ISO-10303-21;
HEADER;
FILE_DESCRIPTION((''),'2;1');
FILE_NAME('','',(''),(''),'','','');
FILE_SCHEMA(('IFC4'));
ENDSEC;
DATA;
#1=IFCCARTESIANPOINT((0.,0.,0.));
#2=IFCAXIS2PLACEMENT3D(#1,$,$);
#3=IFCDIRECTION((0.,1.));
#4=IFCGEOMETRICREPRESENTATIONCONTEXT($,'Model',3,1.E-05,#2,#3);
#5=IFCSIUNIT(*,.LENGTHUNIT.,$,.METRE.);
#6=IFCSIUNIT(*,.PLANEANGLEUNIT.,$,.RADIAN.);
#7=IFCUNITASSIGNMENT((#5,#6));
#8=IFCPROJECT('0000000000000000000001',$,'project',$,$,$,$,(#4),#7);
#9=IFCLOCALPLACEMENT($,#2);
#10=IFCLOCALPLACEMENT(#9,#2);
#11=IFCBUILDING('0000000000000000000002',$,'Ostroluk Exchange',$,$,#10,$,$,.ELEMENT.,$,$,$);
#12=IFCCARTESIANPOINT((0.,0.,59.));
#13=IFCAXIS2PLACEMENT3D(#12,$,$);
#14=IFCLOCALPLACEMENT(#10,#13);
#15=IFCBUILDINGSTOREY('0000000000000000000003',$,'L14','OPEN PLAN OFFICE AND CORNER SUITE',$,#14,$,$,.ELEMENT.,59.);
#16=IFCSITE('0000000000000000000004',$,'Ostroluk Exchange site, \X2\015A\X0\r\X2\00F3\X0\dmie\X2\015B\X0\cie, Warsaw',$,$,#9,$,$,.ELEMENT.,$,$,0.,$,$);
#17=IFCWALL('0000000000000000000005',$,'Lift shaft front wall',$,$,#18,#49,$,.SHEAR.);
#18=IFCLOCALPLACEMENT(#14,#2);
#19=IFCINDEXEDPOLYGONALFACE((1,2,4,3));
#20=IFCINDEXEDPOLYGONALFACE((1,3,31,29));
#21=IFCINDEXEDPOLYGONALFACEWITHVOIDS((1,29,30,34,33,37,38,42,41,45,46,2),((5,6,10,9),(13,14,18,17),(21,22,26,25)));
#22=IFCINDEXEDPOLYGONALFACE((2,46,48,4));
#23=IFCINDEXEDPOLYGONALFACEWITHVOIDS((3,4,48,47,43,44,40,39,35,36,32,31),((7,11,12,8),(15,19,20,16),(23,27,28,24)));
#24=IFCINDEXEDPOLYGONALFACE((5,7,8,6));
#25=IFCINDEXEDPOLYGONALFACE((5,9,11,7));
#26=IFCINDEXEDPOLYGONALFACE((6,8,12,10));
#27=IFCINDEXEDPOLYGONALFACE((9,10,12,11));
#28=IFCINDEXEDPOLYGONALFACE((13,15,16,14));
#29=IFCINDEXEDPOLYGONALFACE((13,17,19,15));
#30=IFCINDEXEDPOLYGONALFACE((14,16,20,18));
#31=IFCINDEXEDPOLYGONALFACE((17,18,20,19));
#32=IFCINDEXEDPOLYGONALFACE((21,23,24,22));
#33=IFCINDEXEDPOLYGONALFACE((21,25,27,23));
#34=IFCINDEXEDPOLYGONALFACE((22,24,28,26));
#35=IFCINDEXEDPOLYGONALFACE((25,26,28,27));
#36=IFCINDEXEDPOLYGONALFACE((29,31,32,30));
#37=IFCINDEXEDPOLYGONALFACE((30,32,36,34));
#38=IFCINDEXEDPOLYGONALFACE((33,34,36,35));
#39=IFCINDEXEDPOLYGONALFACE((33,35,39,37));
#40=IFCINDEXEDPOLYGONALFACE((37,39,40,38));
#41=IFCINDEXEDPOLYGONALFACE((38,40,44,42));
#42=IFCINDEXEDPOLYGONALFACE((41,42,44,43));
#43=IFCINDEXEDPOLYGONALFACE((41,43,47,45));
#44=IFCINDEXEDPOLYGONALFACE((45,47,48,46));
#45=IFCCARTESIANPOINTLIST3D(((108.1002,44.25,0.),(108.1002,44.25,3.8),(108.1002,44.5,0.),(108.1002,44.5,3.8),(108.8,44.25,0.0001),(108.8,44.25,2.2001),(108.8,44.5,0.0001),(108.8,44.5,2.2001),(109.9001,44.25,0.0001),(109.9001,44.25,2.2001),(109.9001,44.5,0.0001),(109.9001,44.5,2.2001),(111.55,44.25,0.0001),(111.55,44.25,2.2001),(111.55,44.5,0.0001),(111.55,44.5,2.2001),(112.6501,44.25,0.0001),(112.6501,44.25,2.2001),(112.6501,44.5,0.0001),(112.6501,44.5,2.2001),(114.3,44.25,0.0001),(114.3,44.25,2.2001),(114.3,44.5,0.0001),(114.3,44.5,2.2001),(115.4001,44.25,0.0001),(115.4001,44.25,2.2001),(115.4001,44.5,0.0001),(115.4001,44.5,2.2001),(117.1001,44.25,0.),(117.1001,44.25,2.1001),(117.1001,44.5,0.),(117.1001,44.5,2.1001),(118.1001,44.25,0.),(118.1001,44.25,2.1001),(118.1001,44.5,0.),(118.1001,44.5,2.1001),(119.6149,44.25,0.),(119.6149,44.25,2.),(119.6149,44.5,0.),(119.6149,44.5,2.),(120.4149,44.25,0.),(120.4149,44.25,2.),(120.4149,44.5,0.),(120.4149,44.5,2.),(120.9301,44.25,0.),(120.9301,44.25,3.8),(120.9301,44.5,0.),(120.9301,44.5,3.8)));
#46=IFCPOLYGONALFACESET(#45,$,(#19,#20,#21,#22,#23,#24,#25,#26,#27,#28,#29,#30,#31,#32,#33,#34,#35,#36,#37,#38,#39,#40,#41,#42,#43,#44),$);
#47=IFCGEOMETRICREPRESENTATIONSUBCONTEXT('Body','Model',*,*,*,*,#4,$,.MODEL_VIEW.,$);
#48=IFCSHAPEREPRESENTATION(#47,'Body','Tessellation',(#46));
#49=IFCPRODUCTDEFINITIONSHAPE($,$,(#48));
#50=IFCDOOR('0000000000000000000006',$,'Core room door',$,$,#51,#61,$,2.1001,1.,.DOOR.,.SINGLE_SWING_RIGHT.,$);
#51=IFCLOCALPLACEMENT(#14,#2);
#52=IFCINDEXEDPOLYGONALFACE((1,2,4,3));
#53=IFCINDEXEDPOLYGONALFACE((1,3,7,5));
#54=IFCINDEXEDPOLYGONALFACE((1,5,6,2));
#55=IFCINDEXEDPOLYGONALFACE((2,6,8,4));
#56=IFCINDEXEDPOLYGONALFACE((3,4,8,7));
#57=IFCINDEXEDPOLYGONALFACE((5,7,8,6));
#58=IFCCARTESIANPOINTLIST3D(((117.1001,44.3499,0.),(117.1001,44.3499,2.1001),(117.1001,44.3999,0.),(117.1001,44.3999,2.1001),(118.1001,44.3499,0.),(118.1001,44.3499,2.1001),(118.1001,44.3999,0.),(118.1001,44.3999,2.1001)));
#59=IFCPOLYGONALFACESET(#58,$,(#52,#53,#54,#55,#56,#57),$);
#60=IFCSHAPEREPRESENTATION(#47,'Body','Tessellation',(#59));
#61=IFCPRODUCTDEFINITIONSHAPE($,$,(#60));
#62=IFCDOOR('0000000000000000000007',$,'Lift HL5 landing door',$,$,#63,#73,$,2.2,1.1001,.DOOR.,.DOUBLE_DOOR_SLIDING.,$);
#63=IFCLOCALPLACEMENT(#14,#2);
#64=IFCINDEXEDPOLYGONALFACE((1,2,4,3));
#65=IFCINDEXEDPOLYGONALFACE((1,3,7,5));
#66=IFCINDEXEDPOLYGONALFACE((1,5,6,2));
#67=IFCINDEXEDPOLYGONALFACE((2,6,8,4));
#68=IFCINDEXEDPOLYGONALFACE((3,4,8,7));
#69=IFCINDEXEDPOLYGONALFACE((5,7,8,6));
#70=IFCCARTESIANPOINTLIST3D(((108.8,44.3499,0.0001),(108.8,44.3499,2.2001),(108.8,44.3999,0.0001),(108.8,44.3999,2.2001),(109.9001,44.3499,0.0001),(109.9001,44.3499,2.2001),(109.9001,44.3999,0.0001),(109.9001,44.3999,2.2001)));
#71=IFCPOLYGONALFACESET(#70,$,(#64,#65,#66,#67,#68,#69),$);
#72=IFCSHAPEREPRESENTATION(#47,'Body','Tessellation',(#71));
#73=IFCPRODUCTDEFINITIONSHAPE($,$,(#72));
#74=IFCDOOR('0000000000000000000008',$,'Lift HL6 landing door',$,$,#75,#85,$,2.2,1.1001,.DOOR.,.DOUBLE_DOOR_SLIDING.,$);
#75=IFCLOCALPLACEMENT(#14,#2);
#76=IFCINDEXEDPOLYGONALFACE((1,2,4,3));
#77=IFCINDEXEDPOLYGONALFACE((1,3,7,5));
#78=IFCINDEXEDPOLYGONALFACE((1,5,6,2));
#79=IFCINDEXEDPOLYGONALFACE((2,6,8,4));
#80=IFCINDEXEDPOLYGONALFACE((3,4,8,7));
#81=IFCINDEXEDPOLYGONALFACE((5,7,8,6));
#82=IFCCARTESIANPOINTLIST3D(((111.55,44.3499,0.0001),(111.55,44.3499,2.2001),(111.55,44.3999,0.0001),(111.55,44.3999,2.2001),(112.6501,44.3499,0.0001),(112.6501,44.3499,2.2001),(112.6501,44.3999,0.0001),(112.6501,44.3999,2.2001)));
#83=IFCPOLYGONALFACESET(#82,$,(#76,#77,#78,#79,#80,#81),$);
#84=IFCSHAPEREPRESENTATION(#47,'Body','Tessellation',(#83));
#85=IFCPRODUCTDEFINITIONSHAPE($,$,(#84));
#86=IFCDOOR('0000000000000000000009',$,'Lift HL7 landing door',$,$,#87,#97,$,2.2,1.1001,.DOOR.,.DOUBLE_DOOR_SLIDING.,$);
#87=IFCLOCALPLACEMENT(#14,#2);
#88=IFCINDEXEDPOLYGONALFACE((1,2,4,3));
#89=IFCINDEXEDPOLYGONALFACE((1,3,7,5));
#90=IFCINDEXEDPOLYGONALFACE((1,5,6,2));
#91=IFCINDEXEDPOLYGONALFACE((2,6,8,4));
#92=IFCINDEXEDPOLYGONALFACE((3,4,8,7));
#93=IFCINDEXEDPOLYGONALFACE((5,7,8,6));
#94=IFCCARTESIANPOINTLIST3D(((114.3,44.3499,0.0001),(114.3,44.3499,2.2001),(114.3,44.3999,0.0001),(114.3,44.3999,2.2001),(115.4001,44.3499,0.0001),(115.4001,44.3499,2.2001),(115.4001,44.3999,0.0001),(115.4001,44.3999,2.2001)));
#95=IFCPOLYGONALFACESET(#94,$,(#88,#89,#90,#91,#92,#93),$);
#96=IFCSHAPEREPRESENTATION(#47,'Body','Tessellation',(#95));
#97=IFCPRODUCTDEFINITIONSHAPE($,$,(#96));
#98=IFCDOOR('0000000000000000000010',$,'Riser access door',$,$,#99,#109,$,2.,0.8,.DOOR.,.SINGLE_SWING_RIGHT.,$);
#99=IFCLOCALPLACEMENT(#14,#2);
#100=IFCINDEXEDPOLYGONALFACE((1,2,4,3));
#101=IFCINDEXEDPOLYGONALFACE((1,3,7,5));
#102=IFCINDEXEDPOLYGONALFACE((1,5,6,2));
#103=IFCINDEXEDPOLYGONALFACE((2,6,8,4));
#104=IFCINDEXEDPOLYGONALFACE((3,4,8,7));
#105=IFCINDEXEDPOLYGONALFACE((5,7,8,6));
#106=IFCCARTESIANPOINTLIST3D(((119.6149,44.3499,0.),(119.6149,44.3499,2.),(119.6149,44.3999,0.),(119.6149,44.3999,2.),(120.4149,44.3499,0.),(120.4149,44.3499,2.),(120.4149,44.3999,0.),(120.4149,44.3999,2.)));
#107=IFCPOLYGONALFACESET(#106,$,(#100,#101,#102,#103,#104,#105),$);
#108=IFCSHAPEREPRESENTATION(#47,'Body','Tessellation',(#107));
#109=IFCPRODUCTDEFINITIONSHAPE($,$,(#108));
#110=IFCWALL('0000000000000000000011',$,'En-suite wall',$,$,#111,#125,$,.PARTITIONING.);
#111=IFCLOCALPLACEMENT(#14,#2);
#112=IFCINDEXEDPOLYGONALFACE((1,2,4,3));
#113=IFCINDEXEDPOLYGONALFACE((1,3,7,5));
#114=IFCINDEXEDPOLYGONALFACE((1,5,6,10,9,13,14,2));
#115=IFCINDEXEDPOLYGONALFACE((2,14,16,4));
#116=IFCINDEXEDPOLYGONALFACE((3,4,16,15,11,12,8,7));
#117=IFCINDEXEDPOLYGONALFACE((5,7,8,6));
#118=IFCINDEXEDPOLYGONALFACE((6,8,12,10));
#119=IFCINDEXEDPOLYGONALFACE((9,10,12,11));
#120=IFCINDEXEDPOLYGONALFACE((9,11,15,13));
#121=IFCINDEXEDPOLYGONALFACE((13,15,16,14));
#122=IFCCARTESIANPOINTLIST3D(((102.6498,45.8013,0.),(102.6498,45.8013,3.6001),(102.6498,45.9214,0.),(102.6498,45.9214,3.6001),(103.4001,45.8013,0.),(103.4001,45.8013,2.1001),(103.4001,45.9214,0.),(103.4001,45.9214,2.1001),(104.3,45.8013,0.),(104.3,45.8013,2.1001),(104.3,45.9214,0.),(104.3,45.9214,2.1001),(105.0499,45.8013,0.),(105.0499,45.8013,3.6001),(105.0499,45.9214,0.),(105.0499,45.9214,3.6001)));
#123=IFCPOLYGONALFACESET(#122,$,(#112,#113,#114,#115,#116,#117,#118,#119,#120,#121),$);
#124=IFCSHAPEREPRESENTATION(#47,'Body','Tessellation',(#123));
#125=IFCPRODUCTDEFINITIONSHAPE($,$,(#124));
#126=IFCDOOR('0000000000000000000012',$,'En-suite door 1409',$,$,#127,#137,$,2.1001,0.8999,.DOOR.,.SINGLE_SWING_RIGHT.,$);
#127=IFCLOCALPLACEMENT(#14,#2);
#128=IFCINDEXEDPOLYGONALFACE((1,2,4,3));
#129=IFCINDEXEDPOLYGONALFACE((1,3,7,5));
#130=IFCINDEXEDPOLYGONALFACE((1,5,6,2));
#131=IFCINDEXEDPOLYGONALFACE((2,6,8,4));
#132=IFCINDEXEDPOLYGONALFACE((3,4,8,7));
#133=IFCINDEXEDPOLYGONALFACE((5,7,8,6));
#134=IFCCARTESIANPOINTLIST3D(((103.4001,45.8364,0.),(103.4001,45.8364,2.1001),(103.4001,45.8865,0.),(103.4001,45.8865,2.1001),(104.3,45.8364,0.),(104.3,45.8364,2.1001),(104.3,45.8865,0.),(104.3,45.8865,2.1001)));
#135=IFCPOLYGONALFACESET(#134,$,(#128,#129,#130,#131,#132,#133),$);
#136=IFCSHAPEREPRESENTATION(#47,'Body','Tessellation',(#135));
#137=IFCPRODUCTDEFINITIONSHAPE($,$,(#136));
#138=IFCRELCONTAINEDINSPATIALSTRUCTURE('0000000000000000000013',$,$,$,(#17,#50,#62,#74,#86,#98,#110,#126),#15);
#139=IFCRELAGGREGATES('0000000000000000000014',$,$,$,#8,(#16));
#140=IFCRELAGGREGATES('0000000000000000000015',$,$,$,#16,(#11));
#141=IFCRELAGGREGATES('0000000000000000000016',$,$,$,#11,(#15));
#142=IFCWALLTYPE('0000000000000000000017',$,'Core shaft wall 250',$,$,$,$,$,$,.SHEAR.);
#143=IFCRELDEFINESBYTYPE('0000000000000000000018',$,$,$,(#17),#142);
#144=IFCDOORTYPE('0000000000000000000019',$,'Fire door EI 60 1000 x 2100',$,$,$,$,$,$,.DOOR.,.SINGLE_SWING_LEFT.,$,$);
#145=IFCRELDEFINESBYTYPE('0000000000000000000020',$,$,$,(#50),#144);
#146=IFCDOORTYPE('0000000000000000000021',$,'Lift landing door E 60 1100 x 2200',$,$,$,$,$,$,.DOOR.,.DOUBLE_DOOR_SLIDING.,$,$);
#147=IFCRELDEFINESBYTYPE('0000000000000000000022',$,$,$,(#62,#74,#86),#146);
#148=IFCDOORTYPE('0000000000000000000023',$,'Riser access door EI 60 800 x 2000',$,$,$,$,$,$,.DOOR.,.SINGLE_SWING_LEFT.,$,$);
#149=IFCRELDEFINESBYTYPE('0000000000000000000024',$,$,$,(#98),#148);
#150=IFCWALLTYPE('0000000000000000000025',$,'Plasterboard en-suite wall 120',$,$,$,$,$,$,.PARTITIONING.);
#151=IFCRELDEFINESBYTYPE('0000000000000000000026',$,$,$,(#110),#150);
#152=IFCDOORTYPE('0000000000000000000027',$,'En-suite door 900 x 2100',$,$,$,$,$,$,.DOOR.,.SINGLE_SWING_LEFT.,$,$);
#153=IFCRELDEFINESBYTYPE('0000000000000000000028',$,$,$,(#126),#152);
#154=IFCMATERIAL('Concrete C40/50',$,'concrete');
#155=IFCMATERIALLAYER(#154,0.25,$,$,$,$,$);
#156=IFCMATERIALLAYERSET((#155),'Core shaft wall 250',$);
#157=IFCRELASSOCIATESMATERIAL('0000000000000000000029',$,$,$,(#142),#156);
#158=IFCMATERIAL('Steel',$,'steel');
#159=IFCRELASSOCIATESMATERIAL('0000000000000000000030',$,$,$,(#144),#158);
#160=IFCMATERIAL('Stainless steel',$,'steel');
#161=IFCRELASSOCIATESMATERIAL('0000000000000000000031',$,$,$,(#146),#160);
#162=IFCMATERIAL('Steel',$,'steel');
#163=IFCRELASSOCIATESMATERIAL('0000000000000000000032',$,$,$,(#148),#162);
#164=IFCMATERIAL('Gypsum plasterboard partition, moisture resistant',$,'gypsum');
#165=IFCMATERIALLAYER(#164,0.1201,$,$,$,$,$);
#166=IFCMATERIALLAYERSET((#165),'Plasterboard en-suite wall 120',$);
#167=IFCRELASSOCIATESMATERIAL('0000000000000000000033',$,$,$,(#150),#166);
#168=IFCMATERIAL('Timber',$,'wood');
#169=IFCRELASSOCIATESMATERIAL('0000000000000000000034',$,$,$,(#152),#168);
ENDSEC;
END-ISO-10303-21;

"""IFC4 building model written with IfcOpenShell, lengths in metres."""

from ifc_helpers import new_model, si_unit, direction, frame, frame_2d, origin, place, context, subcontext, project, spatial, rectangle, extrude, material, layer, layer_set, type_object, element, fill, save


model = new_model("IFC4")

# Units and contexts
model_context = context("Model", 3, precision=1e-05, world=origin(), true_north=direction((0.0, 1.0)))
body_context = subcontext(model_context, "Body", "Model", "MODEL_VIEW")
ifc_project = project(units=[si_unit("LENGTHUNIT", "METRE"), si_unit("PLANEANGLEUNIT", "RADIAN")], contexts=[model_context])

# Site, building, storey
site_placement = place(None, origin())
site = spatial("IfcSite", under=ifc_project, at=site_placement, Name="Ostroluk Exchange site, Śródmieście, Warsaw", CompositionType="ELEMENT", RefElevation=0.0)
building_placement = place(site_placement, origin())
building = spatial("IfcBuilding", under=site, at=building_placement, Name="Ostroluk Exchange", CompositionType="ELEMENT")
storey_placement = place(building_placement, frame((0.0, 0.0, 59.0)))
storey = spatial("IfcBuildingStorey", under=building, at=storey_placement, Name="L14", Description="OPEN PLAN OFFICE AND CORNER SUITE", CompositionType="ELEMENT", Elevation=59.0)

# Shared definitions
ifc_material_1 = material(Name="Concrete C40/50", Category="concrete")
ifc_layer_1 = layer(ifc_material_1, 0.25)
ifc_layer_set_1 = layer_set([ifc_layer_1], Name="Core shaft wall 250")
wall_type_1 = type_object("IfcWallType", Name="Core shaft wall 250", PredefinedType="SHEAR", material=ifc_layer_set_1)

# Wall, openings, doors
wall_1_placement = place(storey_placement, frame((108.1001, 44.375, 0.0), z_axis=(0.0, 0.0, 1.0), x_axis=(1.0, 0.0, 0.0)))
wall_1 = element("IfcWall", 1, at=wall_1_placement, inside=storey, type_object=wall_type_1, Name="Lift shaft front wall", PredefinedType="SHEAR", context=body_context, shape_type="SweptSolid", body=[
    extrude(rectangle(XDim=12.8298, YDim=0.25, at=frame_2d((6.415, 0.0))), origin(), (0.0, 0.0, 1.0), 3.8),
])
opening_1_placement = place(wall_1_placement, frame((0.7, 0.0, 0.0)))
opening_1 = element("IfcOpeningElement", 2, at=opening_1_placement, cuts=wall_1, PredefinedType="OPENING", context=body_context, shape_type="SweptSolid", body=[
    extrude(rectangle(XDim=1.1001, YDim=2.2, at=frame_2d((0.55, 1.1001))), frame((0.0, 0.135, 0.0), z_axis=(0.0, -1.0, 0.0), x_axis=(1.0, 0.0, 0.0)), (0.0, 0.0, 1.0), 0.27),
])
opening_2_placement = place(wall_1_placement, frame((3.45, 0.0, 0.0)))
opening_2 = element("IfcOpeningElement", 3, at=opening_2_placement, cuts=wall_1, PredefinedType="OPENING", context=body_context, shape_type="SweptSolid", body=[
    extrude(rectangle(XDim=1.1001, YDim=2.2, at=frame_2d((0.55, 1.1001))), frame((0.0, 0.135, 0.0), z_axis=(0.0, -1.0, 0.0), x_axis=(1.0, 0.0, 0.0)), (0.0, 0.0, 1.0), 0.27),
])
opening_3_placement = place(wall_1_placement, frame((6.2, 0.0, 0.0)))
opening_3 = element("IfcOpeningElement", 4, at=opening_3_placement, cuts=wall_1, PredefinedType="OPENING", context=body_context, shape_type="SweptSolid", body=[
    extrude(rectangle(XDim=1.1001, YDim=2.2, at=frame_2d((0.55, 1.1001))), frame((0.0, 0.135, 0.0), z_axis=(0.0, -1.0, 0.0), x_axis=(1.0, 0.0, 0.0)), (0.0, 0.0, 1.0), 0.27),
])
opening_4_placement = place(wall_1_placement, frame((9.0, 0.0, 0.0)))
opening_4 = element("IfcOpeningElement", 5, at=opening_4_placement, cuts=wall_1, PredefinedType="OPENING", context=body_context, shape_type="SweptSolid", body=[
    extrude(rectangle(XDim=1.0, YDim=2.1001, at=frame_2d((0.5, 1.05))), frame((0.0, 0.135, 0.0), z_axis=(0.0, -1.0, 0.0), x_axis=(1.0, 0.0, 0.0)), (0.0, 0.0, 1.0), 0.27),
])
opening_5_placement = place(wall_1_placement, frame((11.5149, 0.0, 0.0)))
opening_5 = element("IfcOpeningElement", 6, at=opening_5_placement, cuts=wall_1, PredefinedType="OPENING", context=body_context, shape_type="SweptSolid", body=[
    extrude(rectangle(XDim=0.8, YDim=2.0, at=frame_2d((0.3999, 1.0))), frame((0.0, 0.135, 0.0), z_axis=(0.0, -1.0, 0.0), x_axis=(1.0, 0.0, 0.0)), (0.0, 0.0, 1.0), 0.27),
])
ifc_material_2 = material(Name="Steel", Category="steel")
door_type_1 = type_object("IfcDoorType", Name="Fire door EI 60 1000 x 2100", OperationType="SINGLE_SWING_LEFT", PredefinedType="DOOR", material=ifc_material_2)
door_1_placement = place(opening_4_placement, origin())
door_1 = element("IfcDoor", 7, at=door_1_placement, inside=storey, type_object=door_type_1, Name="Core room door", OperationType="SINGLE_SWING_RIGHT", OverallHeight=2.1001, OverallWidth=1.0, PredefinedType="DOOR", context=body_context, shape_type="SweptSolid", body=[
    extrude(rectangle(XDim=1.0, YDim=2.1001, at=frame_2d((0.5, 1.05))), frame((0.0, 0.0249, 0.0), z_axis=(0.0, -1.0, 0.0), x_axis=(1.0, 0.0, 0.0)), (0.0, 0.0, 1.0), 0.05),
])
fill(opening_4, door_1)
ifc_material_3 = material(Name="Stainless steel", Category="steel")
door_type_2 = type_object("IfcDoorType", Name="Lift landing door E 60 1100 x 2200", OperationType="DOUBLE_DOOR_SLIDING", PredefinedType="DOOR", material=ifc_material_3)
door_2_placement = place(opening_1_placement, origin())
door_2 = element("IfcDoor", 8, at=door_2_placement, inside=storey, type_object=door_type_2, Name="Lift HL5 landing door", OperationType="DOUBLE_DOOR_SLIDING", OverallHeight=2.2, OverallWidth=1.1001, PredefinedType="DOOR", context=body_context, shape_type="SweptSolid", body=[
    extrude(rectangle(XDim=1.1001, YDim=2.2, at=frame_2d((0.55, 1.1001))), frame((0.0, 0.0249, 0.0), z_axis=(0.0, -1.0, 0.0), x_axis=(1.0, 0.0, 0.0)), (0.0, 0.0, 1.0), 0.05),
])
fill(opening_1, door_2)
door_3_placement = place(opening_2_placement, origin())
door_3 = element("IfcDoor", 9, at=door_3_placement, inside=storey, type_object=door_type_2, Name="Lift HL6 landing door", OperationType="DOUBLE_DOOR_SLIDING", OverallHeight=2.2, OverallWidth=1.1001, PredefinedType="DOOR", context=body_context, shape_type="SweptSolid", body=[
    extrude(rectangle(XDim=1.1001, YDim=2.2, at=frame_2d((0.55, 1.1001))), frame((0.0, 0.0249, 0.0), z_axis=(0.0, -1.0, 0.0), x_axis=(1.0, 0.0, 0.0)), (0.0, 0.0, 1.0), 0.05),
])
fill(opening_2, door_3)
door_4_placement = place(opening_3_placement, origin())
door_4 = element("IfcDoor", 10, at=door_4_placement, inside=storey, type_object=door_type_2, Name="Lift HL7 landing door", OperationType="DOUBLE_DOOR_SLIDING", OverallHeight=2.2, OverallWidth=1.1001, PredefinedType="DOOR", context=body_context, shape_type="SweptSolid", body=[
    extrude(rectangle(XDim=1.1001, YDim=2.2, at=frame_2d((0.55, 1.1001))), frame((0.0, 0.0249, 0.0), z_axis=(0.0, -1.0, 0.0), x_axis=(1.0, 0.0, 0.0)), (0.0, 0.0, 1.0), 0.05),
])
fill(opening_3, door_4)
ifc_material_4 = material(Name="Steel", Category="steel")
door_type_3 = type_object("IfcDoorType", Name="Riser access door EI 60 800 x 2000", OperationType="SINGLE_SWING_LEFT", PredefinedType="DOOR", material=ifc_material_4)
door_5_placement = place(opening_5_placement, origin())
door_5 = element("IfcDoor", 11, at=door_5_placement, inside=storey, type_object=door_type_3, Name="Riser access door", OperationType="SINGLE_SWING_RIGHT", OverallHeight=2.0, OverallWidth=0.8, PredefinedType="DOOR", context=body_context, shape_type="SweptSolid", body=[
    extrude(rectangle(XDim=0.8, YDim=2.0, at=frame_2d((0.3999, 1.0))), frame((0.0, 0.0249, 0.0), z_axis=(0.0, -1.0, 0.0), x_axis=(1.0, 0.0, 0.0)), (0.0, 0.0, 1.0), 0.05),
])
fill(opening_5, door_5)

# Wall, opening, door
ifc_material_5 = material(Name="Gypsum plasterboard partition, moisture resistant", Category="gypsum")
ifc_layer_2 = layer(ifc_material_5, 0.1201)
ifc_layer_set_2 = layer_set([ifc_layer_2], Name="Plasterboard en-suite wall 120")
wall_type_2 = type_object("IfcWallType", Name="Plasterboard en-suite wall 120", PredefinedType="PARTITIONING", material=ifc_layer_set_2)
wall_2_placement = place(storey_placement, frame((105.05, 45.8613, 0.0), z_axis=(0.0, 0.0, 1.0), x_axis=(-1.0, 0.0, 0.0)))
wall_2 = element("IfcWall", 12, at=wall_2_placement, inside=storey, type_object=wall_type_2, Name="En-suite wall", PredefinedType="PARTITIONING", context=body_context, shape_type="SweptSolid", body=[
    extrude(rectangle(XDim=2.4001, YDim=0.1201, at=frame_2d((1.2002, 0.0))), origin(), (0.0, 0.0, 1.0), 3.6001),
])
opening_6_placement = place(wall_2_placement, frame((0.75, 0.0, 0.0)))
opening_6 = element("IfcOpeningElement", 13, at=opening_6_placement, cuts=wall_2, PredefinedType="OPENING", context=body_context, shape_type="SweptSolid", body=[
    extrude(rectangle(XDim=0.8999, YDim=2.1001, at=frame_2d((0.45, 1.05))), frame((0.0, 0.0701, 0.0), z_axis=(0.0, -1.0, 0.0), x_axis=(1.0, 0.0, 0.0)), (0.0, 0.0, 1.0), 0.1401),
])
ifc_material_6 = material(Name="Timber", Category="wood")
door_type_4 = type_object("IfcDoorType", Name="En-suite door 900 x 2100", OperationType="SINGLE_SWING_LEFT", PredefinedType="DOOR", material=ifc_material_6)
door_6_placement = place(opening_6_placement, origin())
door_6 = element("IfcDoor", 14, at=door_6_placement, inside=storey, type_object=door_type_4, Name="En-suite door 1409", OperationType="SINGLE_SWING_RIGHT", OverallHeight=2.1001, OverallWidth=0.8999, PredefinedType="DOOR", context=body_context, shape_type="SweptSolid", body=[
    extrude(rectangle(XDim=0.8999, YDim=2.1001, at=frame_2d((0.45, 1.05))), frame((0.0, 0.0249, 0.0), z_axis=(0.0, -1.0, 0.0), x_axis=(1.0, 0.0, 0.0)), (0.0, 0.0, 1.0), 0.05),
])
fill(opening_6, door_6)

save(model, "model.ifc")
